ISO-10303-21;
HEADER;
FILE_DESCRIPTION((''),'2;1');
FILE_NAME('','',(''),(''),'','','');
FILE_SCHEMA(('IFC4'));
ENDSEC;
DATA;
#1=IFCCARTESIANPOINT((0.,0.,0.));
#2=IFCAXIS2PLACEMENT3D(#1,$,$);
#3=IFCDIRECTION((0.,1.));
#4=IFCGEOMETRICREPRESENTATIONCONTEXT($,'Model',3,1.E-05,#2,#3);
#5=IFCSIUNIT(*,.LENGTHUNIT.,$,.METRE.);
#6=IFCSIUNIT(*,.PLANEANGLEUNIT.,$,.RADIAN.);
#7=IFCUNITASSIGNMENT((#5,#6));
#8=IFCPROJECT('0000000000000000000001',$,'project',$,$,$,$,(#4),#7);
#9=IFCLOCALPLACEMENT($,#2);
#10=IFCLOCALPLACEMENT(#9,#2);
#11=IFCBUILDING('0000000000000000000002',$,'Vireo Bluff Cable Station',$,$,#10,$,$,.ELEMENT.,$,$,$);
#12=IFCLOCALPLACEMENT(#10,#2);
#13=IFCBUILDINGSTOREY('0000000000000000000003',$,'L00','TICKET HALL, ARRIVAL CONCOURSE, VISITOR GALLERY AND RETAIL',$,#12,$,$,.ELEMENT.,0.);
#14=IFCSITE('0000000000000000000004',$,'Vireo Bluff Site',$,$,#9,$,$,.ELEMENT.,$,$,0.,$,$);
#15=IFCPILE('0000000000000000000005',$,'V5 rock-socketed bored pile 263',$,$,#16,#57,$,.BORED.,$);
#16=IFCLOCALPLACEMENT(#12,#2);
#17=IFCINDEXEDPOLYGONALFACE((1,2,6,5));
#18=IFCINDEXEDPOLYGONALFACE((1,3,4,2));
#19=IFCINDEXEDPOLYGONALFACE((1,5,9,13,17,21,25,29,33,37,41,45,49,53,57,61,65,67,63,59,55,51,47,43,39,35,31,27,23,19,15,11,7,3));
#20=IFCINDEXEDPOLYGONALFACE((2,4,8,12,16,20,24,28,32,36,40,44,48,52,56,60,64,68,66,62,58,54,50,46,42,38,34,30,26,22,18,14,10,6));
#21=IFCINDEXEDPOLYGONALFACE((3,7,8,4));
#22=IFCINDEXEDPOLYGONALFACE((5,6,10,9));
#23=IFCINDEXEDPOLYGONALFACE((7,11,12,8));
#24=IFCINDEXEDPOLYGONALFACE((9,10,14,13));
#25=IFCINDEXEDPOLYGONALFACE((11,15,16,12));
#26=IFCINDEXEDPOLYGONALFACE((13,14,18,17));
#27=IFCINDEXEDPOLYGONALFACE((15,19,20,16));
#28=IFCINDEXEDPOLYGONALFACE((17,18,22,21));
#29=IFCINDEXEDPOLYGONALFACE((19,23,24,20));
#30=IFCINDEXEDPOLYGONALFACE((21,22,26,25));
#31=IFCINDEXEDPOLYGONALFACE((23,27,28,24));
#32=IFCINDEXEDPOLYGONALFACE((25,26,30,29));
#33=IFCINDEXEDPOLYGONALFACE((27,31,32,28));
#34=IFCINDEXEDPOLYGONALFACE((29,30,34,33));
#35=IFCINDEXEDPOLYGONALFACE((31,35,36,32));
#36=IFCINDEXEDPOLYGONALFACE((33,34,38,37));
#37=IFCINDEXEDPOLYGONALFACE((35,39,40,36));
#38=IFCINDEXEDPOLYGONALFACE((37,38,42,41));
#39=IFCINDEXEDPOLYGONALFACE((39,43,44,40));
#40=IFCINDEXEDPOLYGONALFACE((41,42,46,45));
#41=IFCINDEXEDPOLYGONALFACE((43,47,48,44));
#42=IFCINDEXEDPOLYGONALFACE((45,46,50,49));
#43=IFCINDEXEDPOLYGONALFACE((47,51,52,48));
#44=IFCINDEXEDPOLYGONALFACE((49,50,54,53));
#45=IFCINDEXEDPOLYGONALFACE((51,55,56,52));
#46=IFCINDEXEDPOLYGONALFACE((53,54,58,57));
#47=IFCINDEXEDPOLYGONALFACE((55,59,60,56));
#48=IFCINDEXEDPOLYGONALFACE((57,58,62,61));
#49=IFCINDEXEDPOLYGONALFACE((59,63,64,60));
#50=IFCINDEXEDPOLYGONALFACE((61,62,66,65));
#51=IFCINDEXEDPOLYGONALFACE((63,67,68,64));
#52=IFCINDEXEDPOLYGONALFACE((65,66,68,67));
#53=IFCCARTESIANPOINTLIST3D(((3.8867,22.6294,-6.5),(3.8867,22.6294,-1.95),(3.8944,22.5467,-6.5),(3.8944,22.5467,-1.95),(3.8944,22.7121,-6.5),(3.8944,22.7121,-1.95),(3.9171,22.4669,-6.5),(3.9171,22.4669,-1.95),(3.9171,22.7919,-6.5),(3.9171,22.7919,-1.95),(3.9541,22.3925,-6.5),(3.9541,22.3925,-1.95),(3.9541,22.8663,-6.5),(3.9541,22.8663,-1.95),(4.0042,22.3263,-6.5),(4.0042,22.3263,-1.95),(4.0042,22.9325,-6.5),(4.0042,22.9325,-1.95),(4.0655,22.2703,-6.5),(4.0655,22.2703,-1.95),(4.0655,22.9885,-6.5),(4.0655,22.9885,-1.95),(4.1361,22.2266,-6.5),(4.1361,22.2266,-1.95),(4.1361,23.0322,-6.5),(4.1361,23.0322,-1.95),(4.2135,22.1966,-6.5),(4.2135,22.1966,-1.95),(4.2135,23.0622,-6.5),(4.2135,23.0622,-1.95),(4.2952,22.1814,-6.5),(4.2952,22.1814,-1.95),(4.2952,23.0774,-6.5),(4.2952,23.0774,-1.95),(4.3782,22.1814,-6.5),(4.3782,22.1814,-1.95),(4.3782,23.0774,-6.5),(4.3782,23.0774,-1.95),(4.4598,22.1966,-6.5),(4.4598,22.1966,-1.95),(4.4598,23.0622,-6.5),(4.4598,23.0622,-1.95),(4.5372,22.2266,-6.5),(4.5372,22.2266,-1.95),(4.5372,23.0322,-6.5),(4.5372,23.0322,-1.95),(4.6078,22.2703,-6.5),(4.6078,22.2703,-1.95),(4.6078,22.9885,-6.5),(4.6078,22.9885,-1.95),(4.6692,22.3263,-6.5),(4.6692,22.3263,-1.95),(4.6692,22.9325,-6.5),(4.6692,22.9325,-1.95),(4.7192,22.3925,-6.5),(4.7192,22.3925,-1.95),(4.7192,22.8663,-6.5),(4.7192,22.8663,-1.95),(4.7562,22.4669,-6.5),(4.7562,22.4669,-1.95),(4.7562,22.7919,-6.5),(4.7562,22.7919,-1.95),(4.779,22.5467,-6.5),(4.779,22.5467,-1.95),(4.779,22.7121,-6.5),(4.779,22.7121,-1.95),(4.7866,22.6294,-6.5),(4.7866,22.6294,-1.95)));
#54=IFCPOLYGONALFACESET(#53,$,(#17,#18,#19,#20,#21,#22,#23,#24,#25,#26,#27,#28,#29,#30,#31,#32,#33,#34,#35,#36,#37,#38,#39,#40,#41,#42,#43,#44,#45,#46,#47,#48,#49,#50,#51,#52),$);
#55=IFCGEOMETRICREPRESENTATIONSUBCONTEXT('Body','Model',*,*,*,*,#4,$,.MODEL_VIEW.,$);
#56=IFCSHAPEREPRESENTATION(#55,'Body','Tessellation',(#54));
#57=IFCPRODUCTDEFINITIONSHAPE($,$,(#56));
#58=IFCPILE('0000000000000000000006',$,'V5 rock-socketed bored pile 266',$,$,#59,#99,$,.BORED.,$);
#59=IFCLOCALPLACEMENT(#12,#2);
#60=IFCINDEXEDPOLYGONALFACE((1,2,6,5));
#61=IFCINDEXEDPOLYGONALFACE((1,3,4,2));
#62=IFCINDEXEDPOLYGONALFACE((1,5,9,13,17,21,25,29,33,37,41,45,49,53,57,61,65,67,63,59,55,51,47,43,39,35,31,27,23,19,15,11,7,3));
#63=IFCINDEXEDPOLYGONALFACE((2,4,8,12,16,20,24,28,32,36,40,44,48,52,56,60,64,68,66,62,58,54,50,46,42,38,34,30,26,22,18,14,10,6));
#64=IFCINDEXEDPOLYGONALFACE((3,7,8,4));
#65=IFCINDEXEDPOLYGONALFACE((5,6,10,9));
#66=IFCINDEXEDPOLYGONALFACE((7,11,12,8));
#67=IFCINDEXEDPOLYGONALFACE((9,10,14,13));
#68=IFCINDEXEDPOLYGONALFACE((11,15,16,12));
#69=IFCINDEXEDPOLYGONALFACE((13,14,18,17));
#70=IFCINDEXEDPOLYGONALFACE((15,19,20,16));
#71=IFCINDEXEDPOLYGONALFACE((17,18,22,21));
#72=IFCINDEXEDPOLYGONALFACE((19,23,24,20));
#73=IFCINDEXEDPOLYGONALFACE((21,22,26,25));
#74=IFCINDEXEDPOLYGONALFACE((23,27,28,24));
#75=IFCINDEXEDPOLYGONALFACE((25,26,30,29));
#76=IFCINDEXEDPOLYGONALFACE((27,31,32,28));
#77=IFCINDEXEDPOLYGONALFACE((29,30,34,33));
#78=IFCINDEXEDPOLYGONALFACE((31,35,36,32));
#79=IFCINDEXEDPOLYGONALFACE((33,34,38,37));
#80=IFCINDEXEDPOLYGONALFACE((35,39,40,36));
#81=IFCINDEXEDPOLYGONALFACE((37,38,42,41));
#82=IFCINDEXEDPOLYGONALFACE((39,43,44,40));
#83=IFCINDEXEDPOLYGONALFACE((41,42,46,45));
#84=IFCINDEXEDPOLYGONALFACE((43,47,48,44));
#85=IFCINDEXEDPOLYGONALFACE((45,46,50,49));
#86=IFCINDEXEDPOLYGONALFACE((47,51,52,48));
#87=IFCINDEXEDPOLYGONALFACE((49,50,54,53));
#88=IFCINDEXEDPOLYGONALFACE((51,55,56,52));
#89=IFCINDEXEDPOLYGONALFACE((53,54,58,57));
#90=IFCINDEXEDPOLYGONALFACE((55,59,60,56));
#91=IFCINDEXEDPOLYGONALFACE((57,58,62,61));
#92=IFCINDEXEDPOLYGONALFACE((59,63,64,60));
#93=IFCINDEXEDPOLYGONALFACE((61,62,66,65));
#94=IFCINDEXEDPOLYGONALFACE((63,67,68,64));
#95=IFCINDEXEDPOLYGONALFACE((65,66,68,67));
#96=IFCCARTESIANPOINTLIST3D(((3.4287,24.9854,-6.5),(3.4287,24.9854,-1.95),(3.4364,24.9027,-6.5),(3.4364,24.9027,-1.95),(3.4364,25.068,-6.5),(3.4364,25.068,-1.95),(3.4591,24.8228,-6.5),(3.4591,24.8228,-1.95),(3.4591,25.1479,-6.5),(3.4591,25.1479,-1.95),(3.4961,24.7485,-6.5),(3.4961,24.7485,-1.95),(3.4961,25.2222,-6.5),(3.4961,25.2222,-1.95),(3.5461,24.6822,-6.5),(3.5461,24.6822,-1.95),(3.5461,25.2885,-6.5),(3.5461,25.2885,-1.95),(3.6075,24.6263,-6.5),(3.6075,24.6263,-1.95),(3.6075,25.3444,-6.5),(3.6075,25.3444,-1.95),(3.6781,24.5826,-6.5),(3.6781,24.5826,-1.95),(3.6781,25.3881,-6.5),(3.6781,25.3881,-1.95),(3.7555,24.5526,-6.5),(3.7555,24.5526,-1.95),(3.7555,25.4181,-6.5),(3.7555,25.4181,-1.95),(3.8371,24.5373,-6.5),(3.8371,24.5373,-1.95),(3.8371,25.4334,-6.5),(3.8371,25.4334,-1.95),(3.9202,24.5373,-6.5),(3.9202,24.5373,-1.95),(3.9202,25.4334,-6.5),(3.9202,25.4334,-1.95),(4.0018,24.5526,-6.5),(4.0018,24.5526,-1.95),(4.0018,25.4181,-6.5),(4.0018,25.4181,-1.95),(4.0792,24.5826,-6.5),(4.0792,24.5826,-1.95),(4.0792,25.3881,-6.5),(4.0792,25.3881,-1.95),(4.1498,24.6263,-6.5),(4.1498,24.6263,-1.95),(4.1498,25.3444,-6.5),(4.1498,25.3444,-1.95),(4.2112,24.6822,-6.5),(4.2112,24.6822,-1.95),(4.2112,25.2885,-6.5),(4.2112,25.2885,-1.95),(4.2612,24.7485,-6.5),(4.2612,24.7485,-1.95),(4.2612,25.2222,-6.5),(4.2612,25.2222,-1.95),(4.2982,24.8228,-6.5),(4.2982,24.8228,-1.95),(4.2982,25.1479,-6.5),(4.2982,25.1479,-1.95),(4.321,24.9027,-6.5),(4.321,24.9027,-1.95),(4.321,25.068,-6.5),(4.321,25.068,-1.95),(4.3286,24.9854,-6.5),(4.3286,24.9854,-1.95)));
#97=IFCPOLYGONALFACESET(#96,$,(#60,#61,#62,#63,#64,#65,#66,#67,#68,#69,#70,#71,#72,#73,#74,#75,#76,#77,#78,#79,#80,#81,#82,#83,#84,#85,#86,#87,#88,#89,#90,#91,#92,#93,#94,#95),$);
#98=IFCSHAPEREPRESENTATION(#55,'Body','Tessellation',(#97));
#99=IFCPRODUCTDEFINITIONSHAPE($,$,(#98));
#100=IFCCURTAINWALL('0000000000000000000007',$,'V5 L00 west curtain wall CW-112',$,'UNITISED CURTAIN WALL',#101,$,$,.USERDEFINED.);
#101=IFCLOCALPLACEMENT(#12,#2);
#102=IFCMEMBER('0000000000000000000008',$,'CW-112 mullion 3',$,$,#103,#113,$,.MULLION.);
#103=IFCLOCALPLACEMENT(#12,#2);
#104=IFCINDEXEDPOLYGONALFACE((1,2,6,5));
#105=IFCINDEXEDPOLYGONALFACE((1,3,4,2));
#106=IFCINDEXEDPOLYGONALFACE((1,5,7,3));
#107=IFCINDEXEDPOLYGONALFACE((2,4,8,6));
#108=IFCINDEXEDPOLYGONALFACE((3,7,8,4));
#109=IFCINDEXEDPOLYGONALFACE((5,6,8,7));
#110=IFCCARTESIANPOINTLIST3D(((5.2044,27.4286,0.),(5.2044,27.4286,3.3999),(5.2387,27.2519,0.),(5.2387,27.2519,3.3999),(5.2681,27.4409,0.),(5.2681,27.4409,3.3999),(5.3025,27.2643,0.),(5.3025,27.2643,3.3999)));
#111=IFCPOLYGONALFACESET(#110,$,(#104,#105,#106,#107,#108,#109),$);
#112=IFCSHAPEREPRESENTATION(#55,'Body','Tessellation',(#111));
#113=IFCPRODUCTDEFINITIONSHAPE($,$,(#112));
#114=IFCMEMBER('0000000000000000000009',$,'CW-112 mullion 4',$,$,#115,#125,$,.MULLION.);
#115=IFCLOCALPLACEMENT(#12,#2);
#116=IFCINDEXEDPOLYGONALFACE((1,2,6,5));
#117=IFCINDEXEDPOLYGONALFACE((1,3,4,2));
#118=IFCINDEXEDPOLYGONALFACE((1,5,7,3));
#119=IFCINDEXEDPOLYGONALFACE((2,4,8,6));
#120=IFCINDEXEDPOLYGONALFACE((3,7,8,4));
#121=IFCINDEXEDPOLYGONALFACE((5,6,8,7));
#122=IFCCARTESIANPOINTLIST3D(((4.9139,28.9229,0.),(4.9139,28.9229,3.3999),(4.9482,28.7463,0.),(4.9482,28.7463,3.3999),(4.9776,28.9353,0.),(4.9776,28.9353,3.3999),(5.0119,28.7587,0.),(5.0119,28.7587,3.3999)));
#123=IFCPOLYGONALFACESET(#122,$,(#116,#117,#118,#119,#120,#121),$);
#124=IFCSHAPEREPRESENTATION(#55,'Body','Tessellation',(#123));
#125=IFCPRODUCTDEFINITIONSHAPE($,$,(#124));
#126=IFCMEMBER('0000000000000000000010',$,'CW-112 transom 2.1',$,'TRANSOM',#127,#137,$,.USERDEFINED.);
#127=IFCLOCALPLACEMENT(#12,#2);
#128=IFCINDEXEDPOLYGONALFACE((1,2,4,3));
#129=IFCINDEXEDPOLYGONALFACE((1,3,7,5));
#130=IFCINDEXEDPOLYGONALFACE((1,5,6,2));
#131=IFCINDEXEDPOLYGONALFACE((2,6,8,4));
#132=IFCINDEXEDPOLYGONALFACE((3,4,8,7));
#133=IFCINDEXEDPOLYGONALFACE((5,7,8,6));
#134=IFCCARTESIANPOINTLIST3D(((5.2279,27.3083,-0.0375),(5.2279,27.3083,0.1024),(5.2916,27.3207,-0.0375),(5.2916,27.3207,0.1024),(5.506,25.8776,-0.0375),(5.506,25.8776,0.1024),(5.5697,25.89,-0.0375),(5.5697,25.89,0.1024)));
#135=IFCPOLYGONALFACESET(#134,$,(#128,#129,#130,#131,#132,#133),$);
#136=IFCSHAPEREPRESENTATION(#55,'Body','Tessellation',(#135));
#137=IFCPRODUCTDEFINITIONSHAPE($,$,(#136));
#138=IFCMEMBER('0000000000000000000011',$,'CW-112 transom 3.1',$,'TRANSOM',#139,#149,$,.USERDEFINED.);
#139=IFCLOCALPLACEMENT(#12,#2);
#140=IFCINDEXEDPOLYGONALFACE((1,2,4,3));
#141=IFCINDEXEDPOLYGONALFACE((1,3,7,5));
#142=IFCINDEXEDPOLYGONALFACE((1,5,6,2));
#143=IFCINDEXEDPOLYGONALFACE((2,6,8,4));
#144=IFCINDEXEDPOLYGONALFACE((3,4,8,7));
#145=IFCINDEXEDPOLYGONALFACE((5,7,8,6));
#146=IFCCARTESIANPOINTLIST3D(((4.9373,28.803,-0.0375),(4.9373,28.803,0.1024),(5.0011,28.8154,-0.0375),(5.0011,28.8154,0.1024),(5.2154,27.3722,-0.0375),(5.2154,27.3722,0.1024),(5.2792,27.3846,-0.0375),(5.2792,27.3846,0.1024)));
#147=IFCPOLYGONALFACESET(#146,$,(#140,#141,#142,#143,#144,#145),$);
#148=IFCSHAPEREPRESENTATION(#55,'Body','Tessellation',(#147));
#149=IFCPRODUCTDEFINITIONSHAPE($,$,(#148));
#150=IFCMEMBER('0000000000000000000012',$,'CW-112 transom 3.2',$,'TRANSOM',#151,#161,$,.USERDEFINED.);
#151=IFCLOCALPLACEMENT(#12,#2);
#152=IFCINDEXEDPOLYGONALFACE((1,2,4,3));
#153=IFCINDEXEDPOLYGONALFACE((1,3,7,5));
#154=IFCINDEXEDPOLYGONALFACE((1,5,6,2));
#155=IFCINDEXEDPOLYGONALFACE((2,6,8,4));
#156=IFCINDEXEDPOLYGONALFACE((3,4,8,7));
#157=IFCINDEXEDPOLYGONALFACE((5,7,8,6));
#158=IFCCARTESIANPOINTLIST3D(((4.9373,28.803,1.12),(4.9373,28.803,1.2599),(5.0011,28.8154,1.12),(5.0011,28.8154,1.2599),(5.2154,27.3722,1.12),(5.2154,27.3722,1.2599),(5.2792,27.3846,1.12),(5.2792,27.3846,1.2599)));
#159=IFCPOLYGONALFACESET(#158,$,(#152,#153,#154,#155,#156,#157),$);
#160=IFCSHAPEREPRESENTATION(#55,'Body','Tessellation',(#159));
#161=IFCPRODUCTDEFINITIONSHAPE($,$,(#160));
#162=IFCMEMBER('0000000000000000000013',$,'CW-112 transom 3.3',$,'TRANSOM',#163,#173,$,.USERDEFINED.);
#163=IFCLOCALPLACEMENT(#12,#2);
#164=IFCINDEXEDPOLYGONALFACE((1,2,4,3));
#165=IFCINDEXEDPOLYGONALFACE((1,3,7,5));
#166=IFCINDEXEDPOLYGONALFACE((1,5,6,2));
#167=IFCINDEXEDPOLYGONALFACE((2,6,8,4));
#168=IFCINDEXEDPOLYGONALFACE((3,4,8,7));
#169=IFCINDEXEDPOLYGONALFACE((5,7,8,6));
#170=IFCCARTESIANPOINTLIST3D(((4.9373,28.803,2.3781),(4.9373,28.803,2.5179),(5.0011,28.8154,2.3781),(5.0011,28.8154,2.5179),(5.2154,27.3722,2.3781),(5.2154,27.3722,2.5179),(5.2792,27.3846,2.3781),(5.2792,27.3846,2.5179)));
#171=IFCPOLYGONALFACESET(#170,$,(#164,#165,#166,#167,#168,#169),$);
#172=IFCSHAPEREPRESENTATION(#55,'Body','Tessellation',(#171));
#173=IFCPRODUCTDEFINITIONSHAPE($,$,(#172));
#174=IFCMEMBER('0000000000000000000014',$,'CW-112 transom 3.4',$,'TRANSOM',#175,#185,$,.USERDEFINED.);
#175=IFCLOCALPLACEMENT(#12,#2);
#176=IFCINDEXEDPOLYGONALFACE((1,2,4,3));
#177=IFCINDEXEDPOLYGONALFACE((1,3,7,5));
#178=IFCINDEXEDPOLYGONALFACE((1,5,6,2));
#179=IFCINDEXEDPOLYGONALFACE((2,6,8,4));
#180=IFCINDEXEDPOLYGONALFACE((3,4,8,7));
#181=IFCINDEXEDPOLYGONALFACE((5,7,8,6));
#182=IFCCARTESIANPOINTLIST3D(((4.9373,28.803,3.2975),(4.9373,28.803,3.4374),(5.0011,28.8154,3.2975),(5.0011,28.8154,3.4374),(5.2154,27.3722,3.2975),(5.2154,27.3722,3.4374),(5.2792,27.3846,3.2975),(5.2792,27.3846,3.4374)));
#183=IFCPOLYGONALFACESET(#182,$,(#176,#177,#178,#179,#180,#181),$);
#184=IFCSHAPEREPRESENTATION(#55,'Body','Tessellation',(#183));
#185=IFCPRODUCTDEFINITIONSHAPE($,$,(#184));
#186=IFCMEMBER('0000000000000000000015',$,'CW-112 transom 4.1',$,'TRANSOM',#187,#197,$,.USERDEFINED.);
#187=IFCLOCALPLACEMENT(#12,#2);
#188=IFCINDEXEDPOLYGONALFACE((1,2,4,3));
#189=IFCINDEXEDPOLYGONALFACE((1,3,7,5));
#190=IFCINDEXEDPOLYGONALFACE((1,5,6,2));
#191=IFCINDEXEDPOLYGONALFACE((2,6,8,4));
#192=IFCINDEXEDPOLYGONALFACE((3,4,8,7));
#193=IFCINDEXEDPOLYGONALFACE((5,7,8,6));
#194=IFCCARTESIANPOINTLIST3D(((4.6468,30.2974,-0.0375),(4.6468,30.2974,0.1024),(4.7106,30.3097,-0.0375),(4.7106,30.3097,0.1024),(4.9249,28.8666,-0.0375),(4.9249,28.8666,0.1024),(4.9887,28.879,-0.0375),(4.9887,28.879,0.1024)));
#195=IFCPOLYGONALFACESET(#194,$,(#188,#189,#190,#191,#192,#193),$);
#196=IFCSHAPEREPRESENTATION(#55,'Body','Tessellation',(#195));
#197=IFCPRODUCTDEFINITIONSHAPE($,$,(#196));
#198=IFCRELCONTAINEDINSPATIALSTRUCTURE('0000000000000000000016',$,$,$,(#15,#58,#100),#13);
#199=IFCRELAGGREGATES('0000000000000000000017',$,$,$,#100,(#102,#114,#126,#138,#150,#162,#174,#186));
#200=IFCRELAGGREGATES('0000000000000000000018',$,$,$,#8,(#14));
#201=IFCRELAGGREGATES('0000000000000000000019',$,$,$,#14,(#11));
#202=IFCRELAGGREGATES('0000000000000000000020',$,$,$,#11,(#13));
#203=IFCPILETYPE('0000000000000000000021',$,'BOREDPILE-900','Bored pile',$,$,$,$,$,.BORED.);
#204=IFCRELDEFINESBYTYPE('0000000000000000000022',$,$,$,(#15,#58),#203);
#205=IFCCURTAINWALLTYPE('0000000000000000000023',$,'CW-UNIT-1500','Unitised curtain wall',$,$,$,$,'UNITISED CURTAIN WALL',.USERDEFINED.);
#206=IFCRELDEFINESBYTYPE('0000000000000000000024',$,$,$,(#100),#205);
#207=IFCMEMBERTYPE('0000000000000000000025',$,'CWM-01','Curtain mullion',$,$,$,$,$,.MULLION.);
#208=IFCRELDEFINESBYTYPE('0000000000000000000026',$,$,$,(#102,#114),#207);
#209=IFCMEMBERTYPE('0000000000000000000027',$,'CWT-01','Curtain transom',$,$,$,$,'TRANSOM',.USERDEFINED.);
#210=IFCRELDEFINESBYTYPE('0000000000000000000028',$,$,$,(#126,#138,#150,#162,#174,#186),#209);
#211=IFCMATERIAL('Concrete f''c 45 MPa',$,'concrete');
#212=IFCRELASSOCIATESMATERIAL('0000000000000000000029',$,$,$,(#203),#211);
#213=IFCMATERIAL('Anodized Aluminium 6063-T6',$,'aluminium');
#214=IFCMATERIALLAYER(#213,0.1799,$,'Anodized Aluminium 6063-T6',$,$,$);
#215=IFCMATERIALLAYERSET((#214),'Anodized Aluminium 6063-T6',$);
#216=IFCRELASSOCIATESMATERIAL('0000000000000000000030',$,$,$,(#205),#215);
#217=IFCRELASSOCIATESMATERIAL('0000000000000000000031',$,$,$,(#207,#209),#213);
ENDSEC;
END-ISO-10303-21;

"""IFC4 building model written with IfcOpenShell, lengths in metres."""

from ifc_helpers import new_model, si_unit, direction, frame, origin, origin_2d, place, context, subcontext, project, spatial, rectangle, circle, extrude, material, layer, layer_set, material_profile, profile_set, type_object, element, aggregate, save


model = new_model("IFC4")

# Units and contexts
model_context = context("Model", 3, precision=1e-05, world=origin(), true_north=direction((0.0, 1.0)))
body_context = subcontext(model_context, "Body", "Model", "MODEL_VIEW")
ifc_project = project(units=[si_unit("LENGTHUNIT", "METRE"), si_unit("PLANEANGLEUNIT", "RADIAN")], contexts=[model_context])

# Site, building, storey
site_placement = place(None, origin())
site = spatial("IfcSite", under=ifc_project, at=site_placement, Name="Vireo Bluff Site", CompositionType="ELEMENT", RefElevation=0.0)
building_placement = place(site_placement, origin())
building = spatial("IfcBuilding", under=site, at=building_placement, Name="Vireo Bluff Cable Station", CompositionType="ELEMENT")
storey_placement = place(building_placement, origin())
storey = spatial("IfcBuildingStorey", under=building, at=storey_placement, Name="L00", Description="TICKET HALL, ARRIVAL CONCOURSE, VISITOR GALLERY AND RETAIL", CompositionType="ELEMENT", Elevation=0.0)

# Piles
ifc_material_1 = material(Name="Concrete f'c 45 MPa", Category="concrete")
ifc_material_profile_1 = material_profile(ifc_material_1, circle(Radius=0.45, at=origin_2d()), Name="BOREDPILE-900")
ifc_profile_set_1 = profile_set([ifc_material_profile_1], Name="Concrete f'c 45 MPa")
pile_type = type_object("IfcPileType", Name="BOREDPILE-900", Description="Bored pile", PredefinedType="BORED", material=ifc_profile_set_1)
for number, where, z_axis, x_axis, name in (
    (1, (4.3367, 22.6294, -1.95), (0.0, 0.0, -1.0), (1.0, 0.0, 0.0), "V5 rock-socketed bored pile 263"),
    (2, (3.8787, 24.9854, -1.95), (0.0, 0.0, -1.0), (1.0, 0.0, 0.0), "V5 rock-socketed bored pile 266"),
):
    element("IfcPile", number, at=place(storey_placement, frame(where, z_axis=z_axis, x_axis=x_axis)), inside=storey, type_object=pile_type, Name=name, PredefinedType="BORED", context=body_context, shape_type="SweptSolid", body=[
        extrude(circle(Radius=0.45, at=origin_2d()), origin(), (0.0, 0.0, 1.0), 4.55),
    ])

# Curtain wall, members
ifc_material_2 = material(Name="Anodized Aluminium 6063-T6", Category="aluminium")
ifc_layer_1 = layer(ifc_material_2, 0.1799, Name="Anodized Aluminium 6063-T6")
ifc_layer_set_1 = layer_set([ifc_layer_1], Name="Anodized Aluminium 6063-T6")
curtain_wall_type = type_object("IfcCurtainWallType", Name="CW-UNIT-1500", Description="Unitised curtain wall", ElementType="UNITISED CURTAIN WALL", PredefinedType="USERDEFINED", material=ifc_layer_set_1)
curtain_wall_placement = place(storey_placement, origin())
curtain_wall = element("IfcCurtainWall", 3, at=curtain_wall_placement, inside=storey, type_object=curtain_wall_type, Name="V5 L00 west curtain wall CW-112", ObjectType="UNITISED CURTAIN WALL", PredefinedType="USERDEFINED")
ifc_material_profile_2 = material_profile(ifc_material_2, rectangle(XDim=0.0649, YDim=0.1799, at=origin_2d()), Name="ALU-M-65X180")
ifc_profile_set_2 = profile_set([ifc_material_profile_2], Name="Anodized Aluminium 6063-T6")
member_type_1 = type_object("IfcMemberType", Name="CWM-01", Description="Curtain mullion", PredefinedType="MULLION", material=ifc_profile_set_2)
member_1_placement = place(storey_placement, frame((5.2534, 27.3464, 0.0), z_axis=(0.0, 0.0, 1.0), x_axis=(-0.981627, -0.190809, 0.0)))
member_1 = element("IfcMember", 4, at=member_1_placement, type_object=member_type_1, Name="CW-112 mullion 3", PredefinedType="MULLION", context=body_context, shape_type="SweptSolid", body=[
    extrude(rectangle(XDim=0.0649, YDim=0.1799, at=origin_2d()), origin(), (0.0, 0.0, 1.0), 3.3999),
])
member_2_placement = place(storey_placement, frame((4.9629, 28.8408, 0.0), z_axis=(0.0, 0.0, 1.0), x_axis=(-0.981627, -0.190809, 0.0)))
member_2 = element("IfcMember", 5, at=member_2_placement, type_object=member_type_1, Name="CW-112 mullion 4", PredefinedType="MULLION", context=body_context, shape_type="SweptSolid", body=[
    extrude(rectangle(XDim=0.0649, YDim=0.1799, at=origin_2d()), origin(), (0.0, 0.0, 1.0), 3.3999),
])
ifc_material_profile_3 = material_profile(ifc_material_2, rectangle(XDim=0.0649, YDim=0.1399, at=origin_2d()), Name="ALU-T-65X140")
ifc_profile_set_3 = profile_set([ifc_material_profile_3], Name="Anodized Aluminium 6063-T6")
member_type_2 = type_object("IfcMemberType", Name="CWT-01", Description="Curtain transom", ElementType="TRANSOM", PredefinedType="USERDEFINED", material=ifc_profile_set_3)
member_3_placement = place(storey_placement, frame((5.5378, 25.8838, 0.0325), z_axis=(-0.190798, 0.981629, 0.0), x_axis=(-0.981629, -0.190798, 0.0)))
member_3 = element("IfcMember", 6, at=member_3_placement, type_object=member_type_2, Name="CW-112 transom 2.1", ObjectType="TRANSOM", PredefinedType="USERDEFINED", context=body_context, shape_type="SweptSolid", body=[
    extrude(rectangle(XDim=0.0649, YDim=0.1399, at=origin_2d()), origin(), (0.0, 0.0, 1.0), 1.4575),
])
member_4_placement = place(storey_placement, frame((5.2473, 27.3784, 0.0325), z_axis=(-0.190798, 0.981629, 0.0), x_axis=(-0.981629, -0.190798, 0.0)))
member_4 = element("IfcMember", 7, at=member_4_placement, type_object=member_type_2, Name="CW-112 transom 3.1", ObjectType="TRANSOM", PredefinedType="USERDEFINED", context=body_context, shape_type="SweptSolid", body=[
    extrude(rectangle(XDim=0.0649, YDim=0.1399, at=origin_2d()), origin(), (0.0, 0.0, 1.0), 1.4575),
])
member_5_placement = place(storey_placement, frame((5.2473, 27.3784, 1.1899), z_axis=(-0.190798, 0.981629, 0.0), x_axis=(-0.981629, -0.190798, 0.0)))
member_5 = element("IfcMember", 8, at=member_5_placement, type_object=member_type_2, Name="CW-112 transom 3.2", ObjectType="TRANSOM", PredefinedType="USERDEFINED", context=body_context, shape_type="SweptSolid", body=[
    extrude(rectangle(XDim=0.0649, YDim=0.1399, at=origin_2d()), origin(), (0.0, 0.0, 1.0), 1.4575),
])
member_6_placement = place(storey_placement, frame((5.2473, 27.3784, 2.448), z_axis=(-0.190798, 0.981629, 0.0), x_axis=(-0.981629, -0.190798, 0.0)))
member_6 = element("IfcMember", 9, at=member_6_placement, type_object=member_type_2, Name="CW-112 transom 3.3", ObjectType="TRANSOM", PredefinedType="USERDEFINED", context=body_context, shape_type="SweptSolid", body=[
    extrude(rectangle(XDim=0.0649, YDim=0.1399, at=origin_2d()), origin(), (0.0, 0.0, 1.0), 1.4575),
])
member_7_placement = place(storey_placement, frame((5.2473, 27.3784, 3.3674), z_axis=(-0.190798, 0.981629, 0.0), x_axis=(-0.981629, -0.190798, 0.0)))
member_7 = element("IfcMember", 10, at=member_7_placement, type_object=member_type_2, Name="CW-112 transom 3.4", ObjectType="TRANSOM", PredefinedType="USERDEFINED", context=body_context, shape_type="SweptSolid", body=[
    extrude(rectangle(XDim=0.0649, YDim=0.1399, at=origin_2d()), origin(), (0.0, 0.0, 1.0), 1.4575),
])
member_8_placement = place(storey_placement, frame((4.9568, 28.8728, 0.0325), z_axis=(-0.190798, 0.981629, 0.0), x_axis=(-0.981629, -0.190798, 0.0)))
member_8 = element("IfcMember", 11, at=member_8_placement, type_object=member_type_2, Name="CW-112 transom 4.1", ObjectType="TRANSOM", PredefinedType="USERDEFINED", context=body_context, shape_type="SweptSolid", body=[
    extrude(rectangle(XDim=0.0649, YDim=0.1399, at=origin_2d()), origin(), (0.0, 0.0, 1.0), 1.4575),
])

aggregate(curtain_wall, [member_1, member_2, member_3, member_4, member_5, member_6, member_7, member_8])

save(model, "model.ifc")
